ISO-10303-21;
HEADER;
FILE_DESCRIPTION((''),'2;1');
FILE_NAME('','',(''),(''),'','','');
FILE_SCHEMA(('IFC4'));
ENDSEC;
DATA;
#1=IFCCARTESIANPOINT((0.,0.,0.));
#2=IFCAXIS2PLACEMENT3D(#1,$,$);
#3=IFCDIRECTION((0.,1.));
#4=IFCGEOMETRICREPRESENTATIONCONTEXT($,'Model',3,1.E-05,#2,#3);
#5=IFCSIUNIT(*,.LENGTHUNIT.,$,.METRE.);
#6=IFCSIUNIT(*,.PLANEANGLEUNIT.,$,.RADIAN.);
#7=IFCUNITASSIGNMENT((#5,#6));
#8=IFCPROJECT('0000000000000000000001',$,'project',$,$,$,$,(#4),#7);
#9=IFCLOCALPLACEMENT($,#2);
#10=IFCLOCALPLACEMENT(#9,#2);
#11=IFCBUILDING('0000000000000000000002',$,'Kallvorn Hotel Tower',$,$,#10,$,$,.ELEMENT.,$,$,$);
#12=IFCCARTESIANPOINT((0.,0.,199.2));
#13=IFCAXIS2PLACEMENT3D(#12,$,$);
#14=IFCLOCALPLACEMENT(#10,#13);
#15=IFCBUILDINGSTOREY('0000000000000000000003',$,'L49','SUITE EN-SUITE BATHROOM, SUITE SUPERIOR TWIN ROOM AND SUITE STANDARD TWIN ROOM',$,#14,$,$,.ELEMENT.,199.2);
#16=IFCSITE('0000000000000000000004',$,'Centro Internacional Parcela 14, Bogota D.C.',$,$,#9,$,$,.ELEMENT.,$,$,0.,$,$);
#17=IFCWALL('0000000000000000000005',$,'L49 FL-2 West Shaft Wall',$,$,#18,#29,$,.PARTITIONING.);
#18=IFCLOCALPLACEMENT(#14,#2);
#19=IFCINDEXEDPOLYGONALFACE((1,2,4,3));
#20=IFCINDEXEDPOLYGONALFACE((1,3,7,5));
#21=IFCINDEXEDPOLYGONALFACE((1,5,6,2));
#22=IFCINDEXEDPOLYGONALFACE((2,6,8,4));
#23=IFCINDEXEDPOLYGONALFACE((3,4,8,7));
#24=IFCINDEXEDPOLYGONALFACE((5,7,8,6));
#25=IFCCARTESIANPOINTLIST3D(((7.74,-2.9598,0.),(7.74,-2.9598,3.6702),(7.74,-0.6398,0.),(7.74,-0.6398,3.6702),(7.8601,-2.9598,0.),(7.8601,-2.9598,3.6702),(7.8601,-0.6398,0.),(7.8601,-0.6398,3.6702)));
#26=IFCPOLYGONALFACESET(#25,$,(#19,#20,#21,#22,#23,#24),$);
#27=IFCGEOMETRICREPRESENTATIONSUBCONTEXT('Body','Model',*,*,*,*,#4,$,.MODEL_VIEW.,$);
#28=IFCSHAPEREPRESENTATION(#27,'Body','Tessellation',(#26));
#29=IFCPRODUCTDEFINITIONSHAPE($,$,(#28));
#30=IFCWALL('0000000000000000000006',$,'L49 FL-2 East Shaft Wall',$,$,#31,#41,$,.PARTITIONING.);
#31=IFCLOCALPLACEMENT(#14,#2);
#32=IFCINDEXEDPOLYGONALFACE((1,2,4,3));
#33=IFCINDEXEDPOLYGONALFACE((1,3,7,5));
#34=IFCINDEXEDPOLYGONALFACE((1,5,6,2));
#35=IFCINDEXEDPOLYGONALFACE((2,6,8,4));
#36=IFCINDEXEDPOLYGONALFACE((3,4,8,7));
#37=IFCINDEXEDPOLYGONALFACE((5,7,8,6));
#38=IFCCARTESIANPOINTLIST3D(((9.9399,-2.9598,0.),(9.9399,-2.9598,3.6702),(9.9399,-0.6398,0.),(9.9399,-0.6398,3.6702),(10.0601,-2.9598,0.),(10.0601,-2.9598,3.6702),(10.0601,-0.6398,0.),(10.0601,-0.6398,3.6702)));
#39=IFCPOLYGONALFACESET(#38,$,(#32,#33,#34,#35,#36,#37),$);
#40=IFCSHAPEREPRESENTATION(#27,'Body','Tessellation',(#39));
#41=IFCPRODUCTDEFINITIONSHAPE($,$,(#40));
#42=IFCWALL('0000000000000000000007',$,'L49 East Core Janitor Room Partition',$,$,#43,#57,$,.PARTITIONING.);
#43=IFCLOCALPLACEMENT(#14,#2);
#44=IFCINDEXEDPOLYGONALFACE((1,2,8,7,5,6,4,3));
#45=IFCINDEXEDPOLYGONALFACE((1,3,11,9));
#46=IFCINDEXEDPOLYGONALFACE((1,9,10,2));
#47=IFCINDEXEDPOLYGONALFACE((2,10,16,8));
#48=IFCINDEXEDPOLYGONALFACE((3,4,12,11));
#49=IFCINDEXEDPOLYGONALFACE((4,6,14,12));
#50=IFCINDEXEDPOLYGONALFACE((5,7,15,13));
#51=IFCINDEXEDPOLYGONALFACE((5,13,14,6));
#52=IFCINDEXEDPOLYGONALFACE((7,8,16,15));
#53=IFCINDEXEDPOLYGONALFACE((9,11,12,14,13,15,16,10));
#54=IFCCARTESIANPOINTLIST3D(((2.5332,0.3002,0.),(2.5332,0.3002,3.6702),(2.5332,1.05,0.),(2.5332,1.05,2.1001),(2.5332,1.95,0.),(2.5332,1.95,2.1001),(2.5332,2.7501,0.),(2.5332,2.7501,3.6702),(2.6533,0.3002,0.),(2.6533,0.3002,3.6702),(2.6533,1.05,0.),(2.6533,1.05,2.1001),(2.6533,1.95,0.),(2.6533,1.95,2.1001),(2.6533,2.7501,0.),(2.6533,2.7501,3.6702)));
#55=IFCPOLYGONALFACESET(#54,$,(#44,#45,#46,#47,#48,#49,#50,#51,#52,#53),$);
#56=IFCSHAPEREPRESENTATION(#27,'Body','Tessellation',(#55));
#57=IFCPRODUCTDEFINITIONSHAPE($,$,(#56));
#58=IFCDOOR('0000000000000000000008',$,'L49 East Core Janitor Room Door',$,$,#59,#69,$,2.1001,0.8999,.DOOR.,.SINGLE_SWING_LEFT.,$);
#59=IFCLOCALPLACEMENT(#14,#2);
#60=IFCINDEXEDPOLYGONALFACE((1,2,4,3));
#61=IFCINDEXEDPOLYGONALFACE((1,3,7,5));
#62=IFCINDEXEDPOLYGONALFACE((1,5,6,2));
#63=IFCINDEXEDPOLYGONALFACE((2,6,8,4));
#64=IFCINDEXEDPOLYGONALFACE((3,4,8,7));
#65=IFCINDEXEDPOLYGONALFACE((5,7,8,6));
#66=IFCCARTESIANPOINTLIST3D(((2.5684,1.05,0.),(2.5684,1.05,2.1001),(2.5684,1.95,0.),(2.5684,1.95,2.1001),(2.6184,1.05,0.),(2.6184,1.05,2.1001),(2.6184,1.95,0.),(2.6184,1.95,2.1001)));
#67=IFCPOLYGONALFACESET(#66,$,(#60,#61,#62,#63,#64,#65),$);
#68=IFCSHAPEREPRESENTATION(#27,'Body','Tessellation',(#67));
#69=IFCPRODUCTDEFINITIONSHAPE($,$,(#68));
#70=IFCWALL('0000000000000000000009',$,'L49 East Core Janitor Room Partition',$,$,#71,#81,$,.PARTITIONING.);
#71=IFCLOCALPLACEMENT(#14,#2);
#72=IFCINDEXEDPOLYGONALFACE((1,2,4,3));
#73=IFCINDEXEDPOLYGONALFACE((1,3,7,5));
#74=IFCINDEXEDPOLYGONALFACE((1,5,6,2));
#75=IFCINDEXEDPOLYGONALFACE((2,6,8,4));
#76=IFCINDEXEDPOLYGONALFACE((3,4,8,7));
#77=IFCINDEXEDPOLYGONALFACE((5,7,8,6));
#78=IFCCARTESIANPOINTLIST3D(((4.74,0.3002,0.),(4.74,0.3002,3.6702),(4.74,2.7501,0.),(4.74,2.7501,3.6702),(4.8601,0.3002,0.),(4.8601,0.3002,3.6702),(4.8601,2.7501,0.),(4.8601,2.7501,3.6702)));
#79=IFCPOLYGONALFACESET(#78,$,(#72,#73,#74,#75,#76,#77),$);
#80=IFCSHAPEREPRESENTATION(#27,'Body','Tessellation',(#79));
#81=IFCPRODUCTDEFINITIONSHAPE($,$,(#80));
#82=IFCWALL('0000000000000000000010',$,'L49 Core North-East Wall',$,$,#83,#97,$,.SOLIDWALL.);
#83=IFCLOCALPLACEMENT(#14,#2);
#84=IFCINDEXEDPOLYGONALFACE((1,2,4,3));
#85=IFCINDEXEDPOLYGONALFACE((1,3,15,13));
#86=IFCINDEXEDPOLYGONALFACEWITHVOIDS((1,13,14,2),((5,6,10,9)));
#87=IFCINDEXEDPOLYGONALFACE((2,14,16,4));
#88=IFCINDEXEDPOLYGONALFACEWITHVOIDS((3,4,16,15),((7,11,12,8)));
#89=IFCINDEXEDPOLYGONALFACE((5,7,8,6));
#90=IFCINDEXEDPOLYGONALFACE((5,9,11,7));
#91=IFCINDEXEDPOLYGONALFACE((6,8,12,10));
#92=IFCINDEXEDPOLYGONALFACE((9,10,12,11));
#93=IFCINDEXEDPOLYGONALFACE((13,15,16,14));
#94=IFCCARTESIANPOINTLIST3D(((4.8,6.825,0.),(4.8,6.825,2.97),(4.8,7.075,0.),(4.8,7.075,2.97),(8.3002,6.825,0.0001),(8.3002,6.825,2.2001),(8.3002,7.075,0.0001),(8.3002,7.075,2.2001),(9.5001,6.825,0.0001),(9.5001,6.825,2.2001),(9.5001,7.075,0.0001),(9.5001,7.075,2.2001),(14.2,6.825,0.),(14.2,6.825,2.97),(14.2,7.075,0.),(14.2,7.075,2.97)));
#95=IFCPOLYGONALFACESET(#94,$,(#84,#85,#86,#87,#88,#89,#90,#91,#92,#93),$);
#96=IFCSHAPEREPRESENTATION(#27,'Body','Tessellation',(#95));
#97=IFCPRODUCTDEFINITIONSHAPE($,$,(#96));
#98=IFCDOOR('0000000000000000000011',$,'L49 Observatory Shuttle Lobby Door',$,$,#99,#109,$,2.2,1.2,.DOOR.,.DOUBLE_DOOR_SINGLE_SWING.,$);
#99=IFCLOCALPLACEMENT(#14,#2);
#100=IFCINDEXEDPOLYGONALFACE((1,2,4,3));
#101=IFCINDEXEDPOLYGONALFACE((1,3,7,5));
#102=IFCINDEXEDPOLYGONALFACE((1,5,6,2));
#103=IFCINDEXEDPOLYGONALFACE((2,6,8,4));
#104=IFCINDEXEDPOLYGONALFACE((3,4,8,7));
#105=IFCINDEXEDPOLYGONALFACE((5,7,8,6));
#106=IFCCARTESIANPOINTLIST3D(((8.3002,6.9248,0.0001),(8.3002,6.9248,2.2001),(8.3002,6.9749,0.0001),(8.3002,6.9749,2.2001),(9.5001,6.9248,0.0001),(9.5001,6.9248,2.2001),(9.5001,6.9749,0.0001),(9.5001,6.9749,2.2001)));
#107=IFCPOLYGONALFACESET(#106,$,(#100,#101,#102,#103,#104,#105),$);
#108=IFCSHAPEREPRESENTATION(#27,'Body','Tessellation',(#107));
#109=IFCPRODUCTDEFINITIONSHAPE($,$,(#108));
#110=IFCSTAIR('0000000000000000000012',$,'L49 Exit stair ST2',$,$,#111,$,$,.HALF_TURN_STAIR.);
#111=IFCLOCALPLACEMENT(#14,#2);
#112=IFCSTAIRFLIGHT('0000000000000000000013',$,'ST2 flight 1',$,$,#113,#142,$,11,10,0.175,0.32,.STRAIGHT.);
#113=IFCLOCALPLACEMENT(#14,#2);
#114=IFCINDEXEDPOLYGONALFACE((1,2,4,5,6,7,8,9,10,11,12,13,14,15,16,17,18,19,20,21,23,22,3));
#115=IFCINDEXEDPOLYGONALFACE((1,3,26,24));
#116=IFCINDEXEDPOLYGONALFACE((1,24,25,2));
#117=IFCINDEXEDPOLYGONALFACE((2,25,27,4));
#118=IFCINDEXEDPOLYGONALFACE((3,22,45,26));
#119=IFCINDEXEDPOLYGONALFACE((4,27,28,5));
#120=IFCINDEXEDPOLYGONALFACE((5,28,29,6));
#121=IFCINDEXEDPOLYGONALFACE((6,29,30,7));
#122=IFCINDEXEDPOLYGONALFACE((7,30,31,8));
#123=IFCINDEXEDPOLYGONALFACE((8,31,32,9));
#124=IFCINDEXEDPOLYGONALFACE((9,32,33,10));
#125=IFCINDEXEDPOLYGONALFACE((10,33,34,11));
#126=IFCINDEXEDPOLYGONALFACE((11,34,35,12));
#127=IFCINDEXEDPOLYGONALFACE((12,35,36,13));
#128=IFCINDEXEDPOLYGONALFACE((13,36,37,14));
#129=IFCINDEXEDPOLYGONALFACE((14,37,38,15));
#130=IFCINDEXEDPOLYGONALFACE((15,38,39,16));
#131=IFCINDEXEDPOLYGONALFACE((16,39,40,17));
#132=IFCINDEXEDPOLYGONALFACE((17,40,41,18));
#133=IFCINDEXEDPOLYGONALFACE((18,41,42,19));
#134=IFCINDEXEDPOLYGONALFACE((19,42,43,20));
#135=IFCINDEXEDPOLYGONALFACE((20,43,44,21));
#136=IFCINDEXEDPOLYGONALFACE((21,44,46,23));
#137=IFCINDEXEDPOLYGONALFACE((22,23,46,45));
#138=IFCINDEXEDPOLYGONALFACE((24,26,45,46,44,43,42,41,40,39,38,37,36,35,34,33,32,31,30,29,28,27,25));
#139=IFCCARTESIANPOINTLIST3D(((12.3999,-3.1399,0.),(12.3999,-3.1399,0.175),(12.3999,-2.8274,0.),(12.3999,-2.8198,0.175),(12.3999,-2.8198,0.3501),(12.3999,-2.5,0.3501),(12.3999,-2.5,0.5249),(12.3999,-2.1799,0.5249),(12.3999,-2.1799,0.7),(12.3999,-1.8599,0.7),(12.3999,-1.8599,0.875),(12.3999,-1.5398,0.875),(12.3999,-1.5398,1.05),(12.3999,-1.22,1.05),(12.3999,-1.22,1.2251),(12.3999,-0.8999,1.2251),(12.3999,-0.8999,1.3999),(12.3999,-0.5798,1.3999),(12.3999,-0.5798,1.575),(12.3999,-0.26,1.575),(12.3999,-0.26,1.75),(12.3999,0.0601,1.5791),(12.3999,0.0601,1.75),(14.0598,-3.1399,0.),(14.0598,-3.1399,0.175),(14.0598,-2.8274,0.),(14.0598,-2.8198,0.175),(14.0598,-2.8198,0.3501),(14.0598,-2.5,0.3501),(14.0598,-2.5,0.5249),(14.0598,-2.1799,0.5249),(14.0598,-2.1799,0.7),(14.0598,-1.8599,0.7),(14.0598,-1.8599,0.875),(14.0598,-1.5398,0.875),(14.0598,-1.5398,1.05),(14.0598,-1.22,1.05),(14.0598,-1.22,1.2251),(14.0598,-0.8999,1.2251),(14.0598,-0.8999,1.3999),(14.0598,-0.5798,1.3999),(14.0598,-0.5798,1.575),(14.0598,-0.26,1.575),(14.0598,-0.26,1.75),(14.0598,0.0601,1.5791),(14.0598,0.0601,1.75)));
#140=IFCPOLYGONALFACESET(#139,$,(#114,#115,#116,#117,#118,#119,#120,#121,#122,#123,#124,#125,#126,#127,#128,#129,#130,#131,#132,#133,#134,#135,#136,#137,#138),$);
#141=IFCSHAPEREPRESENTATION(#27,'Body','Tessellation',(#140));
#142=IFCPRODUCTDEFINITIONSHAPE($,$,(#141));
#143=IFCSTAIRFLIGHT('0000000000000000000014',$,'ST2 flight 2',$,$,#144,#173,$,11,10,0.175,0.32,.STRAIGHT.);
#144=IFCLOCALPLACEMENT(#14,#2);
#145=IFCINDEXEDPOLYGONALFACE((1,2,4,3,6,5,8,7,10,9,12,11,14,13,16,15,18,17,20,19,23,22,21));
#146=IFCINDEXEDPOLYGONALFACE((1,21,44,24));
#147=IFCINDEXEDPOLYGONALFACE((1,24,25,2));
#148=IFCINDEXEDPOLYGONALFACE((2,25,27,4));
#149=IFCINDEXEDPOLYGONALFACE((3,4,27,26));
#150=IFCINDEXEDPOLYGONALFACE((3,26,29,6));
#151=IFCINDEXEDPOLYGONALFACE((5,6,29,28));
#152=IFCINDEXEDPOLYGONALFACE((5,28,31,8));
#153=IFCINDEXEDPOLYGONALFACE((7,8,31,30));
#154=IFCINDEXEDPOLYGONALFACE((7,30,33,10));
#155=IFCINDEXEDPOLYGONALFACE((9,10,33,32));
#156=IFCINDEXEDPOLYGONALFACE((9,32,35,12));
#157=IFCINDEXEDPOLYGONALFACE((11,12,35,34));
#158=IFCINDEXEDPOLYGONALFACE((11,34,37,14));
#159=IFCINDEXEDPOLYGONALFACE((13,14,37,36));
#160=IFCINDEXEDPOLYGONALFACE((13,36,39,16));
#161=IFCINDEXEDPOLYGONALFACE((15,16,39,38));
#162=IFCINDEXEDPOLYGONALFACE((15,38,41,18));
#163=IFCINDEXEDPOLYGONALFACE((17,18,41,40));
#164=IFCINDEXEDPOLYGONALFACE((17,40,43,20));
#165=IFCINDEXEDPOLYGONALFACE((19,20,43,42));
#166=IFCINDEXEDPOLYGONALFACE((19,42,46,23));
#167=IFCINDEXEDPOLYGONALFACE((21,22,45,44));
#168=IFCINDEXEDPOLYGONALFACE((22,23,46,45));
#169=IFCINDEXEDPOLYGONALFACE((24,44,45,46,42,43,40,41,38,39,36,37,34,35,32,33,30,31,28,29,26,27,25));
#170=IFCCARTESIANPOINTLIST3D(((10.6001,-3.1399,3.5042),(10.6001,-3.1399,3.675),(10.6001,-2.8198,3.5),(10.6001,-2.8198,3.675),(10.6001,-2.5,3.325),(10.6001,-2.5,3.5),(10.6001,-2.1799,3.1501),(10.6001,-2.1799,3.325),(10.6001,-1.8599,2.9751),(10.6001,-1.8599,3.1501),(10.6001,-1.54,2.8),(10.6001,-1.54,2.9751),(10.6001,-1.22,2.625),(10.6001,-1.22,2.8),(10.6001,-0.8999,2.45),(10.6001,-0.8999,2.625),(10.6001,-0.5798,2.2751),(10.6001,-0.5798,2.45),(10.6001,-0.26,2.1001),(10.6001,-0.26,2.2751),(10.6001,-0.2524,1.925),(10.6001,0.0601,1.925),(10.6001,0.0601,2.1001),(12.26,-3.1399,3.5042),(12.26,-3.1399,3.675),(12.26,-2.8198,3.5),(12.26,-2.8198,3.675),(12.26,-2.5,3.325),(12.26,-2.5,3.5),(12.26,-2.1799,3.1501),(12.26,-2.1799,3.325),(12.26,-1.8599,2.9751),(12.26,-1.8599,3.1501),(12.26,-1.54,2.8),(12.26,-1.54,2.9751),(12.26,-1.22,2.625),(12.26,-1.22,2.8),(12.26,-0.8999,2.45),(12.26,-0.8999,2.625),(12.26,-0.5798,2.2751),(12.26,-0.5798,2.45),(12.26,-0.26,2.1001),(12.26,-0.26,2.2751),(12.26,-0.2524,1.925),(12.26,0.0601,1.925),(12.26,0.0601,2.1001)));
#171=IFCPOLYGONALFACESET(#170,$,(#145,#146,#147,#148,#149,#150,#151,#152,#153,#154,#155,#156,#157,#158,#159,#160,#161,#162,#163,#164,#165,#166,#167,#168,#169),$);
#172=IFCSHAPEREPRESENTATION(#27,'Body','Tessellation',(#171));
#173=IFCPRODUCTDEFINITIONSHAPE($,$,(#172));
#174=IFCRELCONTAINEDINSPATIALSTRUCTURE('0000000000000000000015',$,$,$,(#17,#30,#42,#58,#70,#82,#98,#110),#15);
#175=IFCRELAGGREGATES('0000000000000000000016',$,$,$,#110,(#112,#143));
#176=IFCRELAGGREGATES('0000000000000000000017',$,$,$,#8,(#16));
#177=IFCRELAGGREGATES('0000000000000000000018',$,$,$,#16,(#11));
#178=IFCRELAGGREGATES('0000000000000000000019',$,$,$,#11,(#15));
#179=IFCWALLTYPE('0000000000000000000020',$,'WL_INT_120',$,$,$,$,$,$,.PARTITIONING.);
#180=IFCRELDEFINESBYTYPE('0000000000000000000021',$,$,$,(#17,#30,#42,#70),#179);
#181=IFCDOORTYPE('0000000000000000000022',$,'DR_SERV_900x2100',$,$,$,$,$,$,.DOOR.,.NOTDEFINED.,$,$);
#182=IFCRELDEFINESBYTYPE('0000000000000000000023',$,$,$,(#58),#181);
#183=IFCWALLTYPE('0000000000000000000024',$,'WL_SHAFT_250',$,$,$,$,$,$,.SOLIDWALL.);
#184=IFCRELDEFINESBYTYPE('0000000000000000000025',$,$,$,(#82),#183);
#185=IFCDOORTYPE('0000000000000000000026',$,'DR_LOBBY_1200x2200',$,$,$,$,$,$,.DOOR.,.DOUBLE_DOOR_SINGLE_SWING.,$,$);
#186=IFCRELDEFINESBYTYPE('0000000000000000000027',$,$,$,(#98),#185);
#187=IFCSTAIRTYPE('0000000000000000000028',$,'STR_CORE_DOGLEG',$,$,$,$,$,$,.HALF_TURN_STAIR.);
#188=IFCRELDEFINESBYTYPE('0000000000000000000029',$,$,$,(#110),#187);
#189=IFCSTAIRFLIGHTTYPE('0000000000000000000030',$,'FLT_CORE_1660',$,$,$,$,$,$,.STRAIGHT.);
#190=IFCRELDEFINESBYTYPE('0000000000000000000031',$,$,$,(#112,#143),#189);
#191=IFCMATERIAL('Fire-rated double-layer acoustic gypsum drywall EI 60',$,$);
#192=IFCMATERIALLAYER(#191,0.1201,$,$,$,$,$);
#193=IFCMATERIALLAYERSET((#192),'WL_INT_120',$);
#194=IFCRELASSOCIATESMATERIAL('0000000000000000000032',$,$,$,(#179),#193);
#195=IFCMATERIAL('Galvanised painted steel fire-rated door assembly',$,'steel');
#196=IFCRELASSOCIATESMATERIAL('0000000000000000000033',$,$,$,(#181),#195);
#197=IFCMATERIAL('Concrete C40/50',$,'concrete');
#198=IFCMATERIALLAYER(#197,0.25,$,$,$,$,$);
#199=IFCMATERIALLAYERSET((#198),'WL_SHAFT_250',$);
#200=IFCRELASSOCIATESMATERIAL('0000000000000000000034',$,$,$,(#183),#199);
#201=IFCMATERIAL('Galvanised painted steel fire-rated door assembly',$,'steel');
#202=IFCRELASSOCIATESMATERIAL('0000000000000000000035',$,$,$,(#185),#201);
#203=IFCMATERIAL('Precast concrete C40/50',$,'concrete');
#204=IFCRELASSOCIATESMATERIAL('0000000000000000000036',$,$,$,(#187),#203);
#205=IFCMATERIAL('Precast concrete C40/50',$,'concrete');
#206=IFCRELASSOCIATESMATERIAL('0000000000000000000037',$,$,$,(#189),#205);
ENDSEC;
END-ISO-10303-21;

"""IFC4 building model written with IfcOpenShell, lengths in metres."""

from ifc_helpers import new_model, si_unit, direction, frame, frame_2d, origin, place, context, subcontext, project, spatial, polyline, rectangle, outline, extrude, material, layer, layer_set, type_object, element, fill, aggregate, save


model = new_model("IFC4")

# Units and contexts
model_context = context("Model", 3, precision=1e-05, world=origin(), true_north=direction((0.0, 1.0)))
body_context = subcontext(model_context, "Body", "Model", "MODEL_VIEW")
ifc_project = project(units=[si_unit("LENGTHUNIT", "METRE"), si_unit("PLANEANGLEUNIT", "RADIAN")], contexts=[model_context])

# Site, building, storey
site_placement = place(None, origin())
site = spatial("IfcSite", under=ifc_project, at=site_placement, Name="Centro Internacional Parcela 14, Bogota D.C.", CompositionType="ELEMENT", RefElevation=0.0)
building_placement = place(site_placement, origin())
building = spatial("IfcBuilding", under=site, at=building_placement, Name="Kallvorn Hotel Tower", CompositionType="ELEMENT")
storey_placement = place(building_placement, frame((0.0, 0.0, 199.2)))
storey = spatial("IfcBuildingStorey", under=building, at=storey_placement, Name="L49", Description="SUITE EN-SUITE BATHROOM, SUITE SUPERIOR TWIN ROOM AND SUITE STANDARD TWIN ROOM", CompositionType="ELEMENT", Elevation=199.2)

# Walls
ifc_material_1 = material(Name="Fire-rated double-layer acoustic gypsum drywall EI 60")
ifc_layer_1 = layer(ifc_material_1, 0.1201)
ifc_layer_set_1 = layer_set([ifc_layer_1], Name="WL_INT_120")
wall_type_1 = type_object("IfcWallType", Name="WL_INT_120", PredefinedType="PARTITIONING", material=ifc_layer_set_1)
for number, where, z_axis, x_axis, name in (
    (1, (7.8, -2.96, 0.0), (0.0, 0.0, 1.0), (0.0, 1.0, 0.0), "L49 FL-2 West Shaft Wall"),
    (2, (10.0, -2.96, 0.0), (0.0, 0.0, 1.0), (0.0, 1.0, 0.0), "L49 FL-2 East Shaft Wall"),
):
    element("IfcWall", number, at=place(storey_placement, frame(where, z_axis=z_axis, x_axis=x_axis)), inside=storey, type_object=wall_type_1, Name=name, PredefinedType="PARTITIONING", context=body_context, shape_type="SweptSolid", body=[
        extrude(rectangle(XDim=2.3201, YDim=0.1201, at=frame_2d((1.1602, 0.0))), origin(), (0.0, 0.0, 1.0), 3.6702),
    ])

# Wall, opening, door
wall_1_placement = place(storey_placement, frame((2.5933, 0.3, 0.0), z_axis=(0.0, 0.0, 1.0), x_axis=(0.0, 1.0, 0.0)))
wall_1 = element("IfcWall", 3, at=wall_1_placement, inside=storey, type_object=wall_type_1, Name="L49 East Core Janitor Room Partition", PredefinedType="PARTITIONING", context=body_context, shape_type="SweptSolid", body=[
    extrude(rectangle(XDim=2.45, YDim=0.1201, at=frame_2d((1.2251, 0.0))), origin(), (0.0, 0.0, 1.0), 3.6702),
])
opening_1_placement = place(wall_1_placement, frame((0.75, 0.0, 0.0)))
opening_1 = element("IfcOpeningElement", 4, at=opening_1_placement, cuts=wall_1, PredefinedType="OPENING", context=body_context, shape_type="SweptSolid", body=[
    extrude(rectangle(XDim=0.8999, YDim=2.1001, at=frame_2d((0.45, 1.05))), frame((0.0, 0.075, 0.0), z_axis=(0.0, -1.0, 0.0), x_axis=(1.0, 0.0, 0.0)), (0.0, 0.0, 1.0), 0.1501),
])
ifc_material_2 = material(Name="Galvanised painted steel fire-rated door assembly", Category="steel")
door_type_1 = type_object("IfcDoorType", Name="DR_SERV_900x2100", OperationType="NOTDEFINED", PredefinedType="DOOR", material=ifc_material_2)
door_1_placement = place(opening_1_placement, origin())
door_1 = element("IfcDoor", 5, at=door_1_placement, inside=storey, type_object=door_type_1, Name="L49 East Core Janitor Room Door", OperationType="SINGLE_SWING_LEFT", OverallHeight=2.1001, OverallWidth=0.8999, PredefinedType="DOOR", context=body_context, shape_type="SweptSolid", body=[
    extrude(rectangle(XDim=0.8999, YDim=2.1001, at=frame_2d((0.45, 1.05))), frame((0.0, 0.0249, 0.0), z_axis=(0.0, -1.0, 0.0), x_axis=(1.0, 0.0, 0.0)), (0.0, 0.0, 1.0), 0.05),
])
fill(opening_1, door_1)

# Wall
wall_2_placement = place(storey_placement, frame((4.8, 0.3, 0.0), z_axis=(0.0, 0.0, 1.0), x_axis=(0.0, 1.0, 0.0)))
element("IfcWall", 6, at=wall_2_placement, inside=storey, type_object=wall_type_1, Name="L49 East Core Janitor Room Partition", PredefinedType="PARTITIONING", context=body_context, shape_type="SweptSolid", body=[
    extrude(rectangle(XDim=2.45, YDim=0.1201, at=frame_2d((1.2251, 0.0))), origin(), (0.0, 0.0, 1.0), 3.6702),
])

# Wall, opening, door
ifc_material_3 = material(Name="Concrete C40/50", Category="concrete")
ifc_layer_2 = layer(ifc_material_3, 0.25)
ifc_layer_set_2 = layer_set([ifc_layer_2], Name="WL_SHAFT_250")
wall_type_2 = type_object("IfcWallType", Name="WL_SHAFT_250", PredefinedType="SOLIDWALL", material=ifc_layer_set_2)
wall_3_placement = place(storey_placement, frame((4.8, 6.95, 0.0), z_axis=(0.0, 0.0, 1.0), x_axis=(1.0, 0.0, 0.0)))
wall_3 = element("IfcWall", 7, at=wall_3_placement, inside=storey, type_object=wall_type_2, Name="L49 Core North-East Wall", PredefinedType="SOLIDWALL", context=body_context, shape_type="SweptSolid", body=[
    extrude(rectangle(XDim=9.3999, YDim=0.25, at=frame_2d((4.7, 0.0))), origin(), (0.0, 0.0, 1.0), 2.97),
])
opening_2_placement = place(wall_3_placement, frame((3.5, 0.0, 0.0)))
opening_2 = element("IfcOpeningElement", 8, at=opening_2_placement, cuts=wall_3, PredefinedType="OPENING", context=body_context, shape_type="SweptSolid", body=[
    extrude(rectangle(XDim=1.2, YDim=2.2, at=frame_2d((0.6001, 1.1001))), frame((0.0, 0.1399, 0.0), z_axis=(0.0, -1.0, 0.0), x_axis=(1.0, 0.0, 0.0)), (0.0, 0.0, 1.0), 0.28),
])
ifc_material_4 = material(Name="Galvanised painted steel fire-rated door assembly", Category="steel")
door_type_2 = type_object("IfcDoorType", Name="DR_LOBBY_1200x2200", OperationType="DOUBLE_DOOR_SINGLE_SWING", PredefinedType="DOOR", material=ifc_material_4)
door_2_placement = place(opening_2_placement, origin())
door_2 = element("IfcDoor", 9, at=door_2_placement, inside=storey, type_object=door_type_2, Name="L49 Observatory Shuttle Lobby Door", OperationType="DOUBLE_DOOR_SINGLE_SWING", OverallHeight=2.2, OverallWidth=1.2, PredefinedType="DOOR", context=body_context, shape_type="SweptSolid", body=[
    extrude(rectangle(XDim=1.2, YDim=2.2, at=frame_2d((0.6001, 1.1001))), frame((0.0, 0.0249, 0.0), z_axis=(0.0, -1.0, 0.0), x_axis=(1.0, 0.0, 0.0)), (0.0, 0.0, 1.0), 0.05),
])
fill(opening_2, door_2)

# Stair, stair flights
ifc_material_5 = material(Name="Precast concrete C40/50", Category="concrete")
stair_type = type_object("IfcStairType", Name="STR_CORE_DOGLEG", PredefinedType="HALF_TURN_STAIR", material=ifc_material_5)
stair_1_placement = place(storey_placement, origin())
stair_1 = element("IfcStair", 10, at=stair_1_placement, inside=storey, type_object=stair_type, Name="L49 Exit stair ST2", PredefinedType="HALF_TURN_STAIR")
ifc_material_6 = material(Name="Precast concrete C40/50", Category="concrete")
stair_flight_type = type_object("IfcStairFlightType", Name="FLT_CORE_1660", PredefinedType="STRAIGHT", material=ifc_material_6)
stair_flight_1_placement = place(storey_placement, frame((13.23, -3.1399, 0.0), z_axis=(0.0, 0.0, 1.0), x_axis=(0.0, 1.0, 0.0)))
stair_flight_1 = element("IfcStairFlight", 11, at=stair_flight_1_placement, type_object=stair_flight_type, Name="ST2 flight 1", NumberOfRisers=11, NumberOfTreads=10, PredefinedType="STRAIGHT", RiserHeight=0.175, TreadLength=0.32, context=body_context, shape_type="SweptSolid", body=[
    extrude(outline(polyline([(0.0, 0.0), (0.0, 0.175), (0.3201, 0.175), (0.3201, 0.3501), (0.6399, 0.3501), (0.6399, 0.5249), (0.96, 0.5249), (0.96, 0.7), (1.28, 0.7), (1.28, 0.875), (1.6001, 0.875), (1.6001, 1.05), (1.9199, 1.05), (1.9199, 1.2251), (2.24, 1.2251), (2.24, 1.3999), (2.5601, 1.3999), (2.5601, 1.575), (2.8799, 1.575), (2.8799, 1.75), (3.2, 1.75), (3.2, 1.925), (3.2, 1.5791), (0.3125, 0.0), (0.0, 0.0)])), frame((0.0, 0.8301, 0.0), z_axis=(0.0, -1.0, 0.0), x_axis=(1.0, 0.0, 0.0)), (0.0, 0.0, 1.0), 1.6599),
])
stair_flight_2_placement = place(storey_placement, frame((11.4299, 0.0601, 1.925), z_axis=(0.0, 0.0, 1.0), x_axis=(0.0, -1.0, 0.0)))
stair_flight_2 = element("IfcStairFlight", 12, at=stair_flight_2_placement, type_object=stair_flight_type, Name="ST2 flight 2", NumberOfRisers=11, NumberOfTreads=10, PredefinedType="STRAIGHT", RiserHeight=0.175, TreadLength=0.32, context=body_context, shape_type="SweptSolid", body=[
    extrude(outline(polyline([(0.0, 0.0), (0.0, 0.175), (0.3201, 0.175), (0.3201, 0.3501), (0.6399, 0.3501), (0.6399, 0.5249), (0.96, 0.5249), (0.96, 0.7), (1.28, 0.7), (1.28, 0.875), (1.6001, 0.875), (1.6001, 1.05), (1.9199, 1.05), (1.9199, 1.2251), (2.24, 1.2251), (2.24, 1.3999), (2.5601, 1.3999), (2.5601, 1.575), (2.8799, 1.575), (2.8799, 1.75), (3.2, 1.75), (3.2, 1.925), (3.2, 1.5791), (0.3125, 0.0), (0.0, 0.0)])), frame((0.0, 0.8301, 0.0), z_axis=(0.0, -1.0, 0.0), x_axis=(1.0, 0.0, 0.0)), (0.0, 0.0, 1.0), 1.6599),
])
aggregate(stair_1, [stair_flight_1, stair_flight_2])

save(model, "model.ifc")
